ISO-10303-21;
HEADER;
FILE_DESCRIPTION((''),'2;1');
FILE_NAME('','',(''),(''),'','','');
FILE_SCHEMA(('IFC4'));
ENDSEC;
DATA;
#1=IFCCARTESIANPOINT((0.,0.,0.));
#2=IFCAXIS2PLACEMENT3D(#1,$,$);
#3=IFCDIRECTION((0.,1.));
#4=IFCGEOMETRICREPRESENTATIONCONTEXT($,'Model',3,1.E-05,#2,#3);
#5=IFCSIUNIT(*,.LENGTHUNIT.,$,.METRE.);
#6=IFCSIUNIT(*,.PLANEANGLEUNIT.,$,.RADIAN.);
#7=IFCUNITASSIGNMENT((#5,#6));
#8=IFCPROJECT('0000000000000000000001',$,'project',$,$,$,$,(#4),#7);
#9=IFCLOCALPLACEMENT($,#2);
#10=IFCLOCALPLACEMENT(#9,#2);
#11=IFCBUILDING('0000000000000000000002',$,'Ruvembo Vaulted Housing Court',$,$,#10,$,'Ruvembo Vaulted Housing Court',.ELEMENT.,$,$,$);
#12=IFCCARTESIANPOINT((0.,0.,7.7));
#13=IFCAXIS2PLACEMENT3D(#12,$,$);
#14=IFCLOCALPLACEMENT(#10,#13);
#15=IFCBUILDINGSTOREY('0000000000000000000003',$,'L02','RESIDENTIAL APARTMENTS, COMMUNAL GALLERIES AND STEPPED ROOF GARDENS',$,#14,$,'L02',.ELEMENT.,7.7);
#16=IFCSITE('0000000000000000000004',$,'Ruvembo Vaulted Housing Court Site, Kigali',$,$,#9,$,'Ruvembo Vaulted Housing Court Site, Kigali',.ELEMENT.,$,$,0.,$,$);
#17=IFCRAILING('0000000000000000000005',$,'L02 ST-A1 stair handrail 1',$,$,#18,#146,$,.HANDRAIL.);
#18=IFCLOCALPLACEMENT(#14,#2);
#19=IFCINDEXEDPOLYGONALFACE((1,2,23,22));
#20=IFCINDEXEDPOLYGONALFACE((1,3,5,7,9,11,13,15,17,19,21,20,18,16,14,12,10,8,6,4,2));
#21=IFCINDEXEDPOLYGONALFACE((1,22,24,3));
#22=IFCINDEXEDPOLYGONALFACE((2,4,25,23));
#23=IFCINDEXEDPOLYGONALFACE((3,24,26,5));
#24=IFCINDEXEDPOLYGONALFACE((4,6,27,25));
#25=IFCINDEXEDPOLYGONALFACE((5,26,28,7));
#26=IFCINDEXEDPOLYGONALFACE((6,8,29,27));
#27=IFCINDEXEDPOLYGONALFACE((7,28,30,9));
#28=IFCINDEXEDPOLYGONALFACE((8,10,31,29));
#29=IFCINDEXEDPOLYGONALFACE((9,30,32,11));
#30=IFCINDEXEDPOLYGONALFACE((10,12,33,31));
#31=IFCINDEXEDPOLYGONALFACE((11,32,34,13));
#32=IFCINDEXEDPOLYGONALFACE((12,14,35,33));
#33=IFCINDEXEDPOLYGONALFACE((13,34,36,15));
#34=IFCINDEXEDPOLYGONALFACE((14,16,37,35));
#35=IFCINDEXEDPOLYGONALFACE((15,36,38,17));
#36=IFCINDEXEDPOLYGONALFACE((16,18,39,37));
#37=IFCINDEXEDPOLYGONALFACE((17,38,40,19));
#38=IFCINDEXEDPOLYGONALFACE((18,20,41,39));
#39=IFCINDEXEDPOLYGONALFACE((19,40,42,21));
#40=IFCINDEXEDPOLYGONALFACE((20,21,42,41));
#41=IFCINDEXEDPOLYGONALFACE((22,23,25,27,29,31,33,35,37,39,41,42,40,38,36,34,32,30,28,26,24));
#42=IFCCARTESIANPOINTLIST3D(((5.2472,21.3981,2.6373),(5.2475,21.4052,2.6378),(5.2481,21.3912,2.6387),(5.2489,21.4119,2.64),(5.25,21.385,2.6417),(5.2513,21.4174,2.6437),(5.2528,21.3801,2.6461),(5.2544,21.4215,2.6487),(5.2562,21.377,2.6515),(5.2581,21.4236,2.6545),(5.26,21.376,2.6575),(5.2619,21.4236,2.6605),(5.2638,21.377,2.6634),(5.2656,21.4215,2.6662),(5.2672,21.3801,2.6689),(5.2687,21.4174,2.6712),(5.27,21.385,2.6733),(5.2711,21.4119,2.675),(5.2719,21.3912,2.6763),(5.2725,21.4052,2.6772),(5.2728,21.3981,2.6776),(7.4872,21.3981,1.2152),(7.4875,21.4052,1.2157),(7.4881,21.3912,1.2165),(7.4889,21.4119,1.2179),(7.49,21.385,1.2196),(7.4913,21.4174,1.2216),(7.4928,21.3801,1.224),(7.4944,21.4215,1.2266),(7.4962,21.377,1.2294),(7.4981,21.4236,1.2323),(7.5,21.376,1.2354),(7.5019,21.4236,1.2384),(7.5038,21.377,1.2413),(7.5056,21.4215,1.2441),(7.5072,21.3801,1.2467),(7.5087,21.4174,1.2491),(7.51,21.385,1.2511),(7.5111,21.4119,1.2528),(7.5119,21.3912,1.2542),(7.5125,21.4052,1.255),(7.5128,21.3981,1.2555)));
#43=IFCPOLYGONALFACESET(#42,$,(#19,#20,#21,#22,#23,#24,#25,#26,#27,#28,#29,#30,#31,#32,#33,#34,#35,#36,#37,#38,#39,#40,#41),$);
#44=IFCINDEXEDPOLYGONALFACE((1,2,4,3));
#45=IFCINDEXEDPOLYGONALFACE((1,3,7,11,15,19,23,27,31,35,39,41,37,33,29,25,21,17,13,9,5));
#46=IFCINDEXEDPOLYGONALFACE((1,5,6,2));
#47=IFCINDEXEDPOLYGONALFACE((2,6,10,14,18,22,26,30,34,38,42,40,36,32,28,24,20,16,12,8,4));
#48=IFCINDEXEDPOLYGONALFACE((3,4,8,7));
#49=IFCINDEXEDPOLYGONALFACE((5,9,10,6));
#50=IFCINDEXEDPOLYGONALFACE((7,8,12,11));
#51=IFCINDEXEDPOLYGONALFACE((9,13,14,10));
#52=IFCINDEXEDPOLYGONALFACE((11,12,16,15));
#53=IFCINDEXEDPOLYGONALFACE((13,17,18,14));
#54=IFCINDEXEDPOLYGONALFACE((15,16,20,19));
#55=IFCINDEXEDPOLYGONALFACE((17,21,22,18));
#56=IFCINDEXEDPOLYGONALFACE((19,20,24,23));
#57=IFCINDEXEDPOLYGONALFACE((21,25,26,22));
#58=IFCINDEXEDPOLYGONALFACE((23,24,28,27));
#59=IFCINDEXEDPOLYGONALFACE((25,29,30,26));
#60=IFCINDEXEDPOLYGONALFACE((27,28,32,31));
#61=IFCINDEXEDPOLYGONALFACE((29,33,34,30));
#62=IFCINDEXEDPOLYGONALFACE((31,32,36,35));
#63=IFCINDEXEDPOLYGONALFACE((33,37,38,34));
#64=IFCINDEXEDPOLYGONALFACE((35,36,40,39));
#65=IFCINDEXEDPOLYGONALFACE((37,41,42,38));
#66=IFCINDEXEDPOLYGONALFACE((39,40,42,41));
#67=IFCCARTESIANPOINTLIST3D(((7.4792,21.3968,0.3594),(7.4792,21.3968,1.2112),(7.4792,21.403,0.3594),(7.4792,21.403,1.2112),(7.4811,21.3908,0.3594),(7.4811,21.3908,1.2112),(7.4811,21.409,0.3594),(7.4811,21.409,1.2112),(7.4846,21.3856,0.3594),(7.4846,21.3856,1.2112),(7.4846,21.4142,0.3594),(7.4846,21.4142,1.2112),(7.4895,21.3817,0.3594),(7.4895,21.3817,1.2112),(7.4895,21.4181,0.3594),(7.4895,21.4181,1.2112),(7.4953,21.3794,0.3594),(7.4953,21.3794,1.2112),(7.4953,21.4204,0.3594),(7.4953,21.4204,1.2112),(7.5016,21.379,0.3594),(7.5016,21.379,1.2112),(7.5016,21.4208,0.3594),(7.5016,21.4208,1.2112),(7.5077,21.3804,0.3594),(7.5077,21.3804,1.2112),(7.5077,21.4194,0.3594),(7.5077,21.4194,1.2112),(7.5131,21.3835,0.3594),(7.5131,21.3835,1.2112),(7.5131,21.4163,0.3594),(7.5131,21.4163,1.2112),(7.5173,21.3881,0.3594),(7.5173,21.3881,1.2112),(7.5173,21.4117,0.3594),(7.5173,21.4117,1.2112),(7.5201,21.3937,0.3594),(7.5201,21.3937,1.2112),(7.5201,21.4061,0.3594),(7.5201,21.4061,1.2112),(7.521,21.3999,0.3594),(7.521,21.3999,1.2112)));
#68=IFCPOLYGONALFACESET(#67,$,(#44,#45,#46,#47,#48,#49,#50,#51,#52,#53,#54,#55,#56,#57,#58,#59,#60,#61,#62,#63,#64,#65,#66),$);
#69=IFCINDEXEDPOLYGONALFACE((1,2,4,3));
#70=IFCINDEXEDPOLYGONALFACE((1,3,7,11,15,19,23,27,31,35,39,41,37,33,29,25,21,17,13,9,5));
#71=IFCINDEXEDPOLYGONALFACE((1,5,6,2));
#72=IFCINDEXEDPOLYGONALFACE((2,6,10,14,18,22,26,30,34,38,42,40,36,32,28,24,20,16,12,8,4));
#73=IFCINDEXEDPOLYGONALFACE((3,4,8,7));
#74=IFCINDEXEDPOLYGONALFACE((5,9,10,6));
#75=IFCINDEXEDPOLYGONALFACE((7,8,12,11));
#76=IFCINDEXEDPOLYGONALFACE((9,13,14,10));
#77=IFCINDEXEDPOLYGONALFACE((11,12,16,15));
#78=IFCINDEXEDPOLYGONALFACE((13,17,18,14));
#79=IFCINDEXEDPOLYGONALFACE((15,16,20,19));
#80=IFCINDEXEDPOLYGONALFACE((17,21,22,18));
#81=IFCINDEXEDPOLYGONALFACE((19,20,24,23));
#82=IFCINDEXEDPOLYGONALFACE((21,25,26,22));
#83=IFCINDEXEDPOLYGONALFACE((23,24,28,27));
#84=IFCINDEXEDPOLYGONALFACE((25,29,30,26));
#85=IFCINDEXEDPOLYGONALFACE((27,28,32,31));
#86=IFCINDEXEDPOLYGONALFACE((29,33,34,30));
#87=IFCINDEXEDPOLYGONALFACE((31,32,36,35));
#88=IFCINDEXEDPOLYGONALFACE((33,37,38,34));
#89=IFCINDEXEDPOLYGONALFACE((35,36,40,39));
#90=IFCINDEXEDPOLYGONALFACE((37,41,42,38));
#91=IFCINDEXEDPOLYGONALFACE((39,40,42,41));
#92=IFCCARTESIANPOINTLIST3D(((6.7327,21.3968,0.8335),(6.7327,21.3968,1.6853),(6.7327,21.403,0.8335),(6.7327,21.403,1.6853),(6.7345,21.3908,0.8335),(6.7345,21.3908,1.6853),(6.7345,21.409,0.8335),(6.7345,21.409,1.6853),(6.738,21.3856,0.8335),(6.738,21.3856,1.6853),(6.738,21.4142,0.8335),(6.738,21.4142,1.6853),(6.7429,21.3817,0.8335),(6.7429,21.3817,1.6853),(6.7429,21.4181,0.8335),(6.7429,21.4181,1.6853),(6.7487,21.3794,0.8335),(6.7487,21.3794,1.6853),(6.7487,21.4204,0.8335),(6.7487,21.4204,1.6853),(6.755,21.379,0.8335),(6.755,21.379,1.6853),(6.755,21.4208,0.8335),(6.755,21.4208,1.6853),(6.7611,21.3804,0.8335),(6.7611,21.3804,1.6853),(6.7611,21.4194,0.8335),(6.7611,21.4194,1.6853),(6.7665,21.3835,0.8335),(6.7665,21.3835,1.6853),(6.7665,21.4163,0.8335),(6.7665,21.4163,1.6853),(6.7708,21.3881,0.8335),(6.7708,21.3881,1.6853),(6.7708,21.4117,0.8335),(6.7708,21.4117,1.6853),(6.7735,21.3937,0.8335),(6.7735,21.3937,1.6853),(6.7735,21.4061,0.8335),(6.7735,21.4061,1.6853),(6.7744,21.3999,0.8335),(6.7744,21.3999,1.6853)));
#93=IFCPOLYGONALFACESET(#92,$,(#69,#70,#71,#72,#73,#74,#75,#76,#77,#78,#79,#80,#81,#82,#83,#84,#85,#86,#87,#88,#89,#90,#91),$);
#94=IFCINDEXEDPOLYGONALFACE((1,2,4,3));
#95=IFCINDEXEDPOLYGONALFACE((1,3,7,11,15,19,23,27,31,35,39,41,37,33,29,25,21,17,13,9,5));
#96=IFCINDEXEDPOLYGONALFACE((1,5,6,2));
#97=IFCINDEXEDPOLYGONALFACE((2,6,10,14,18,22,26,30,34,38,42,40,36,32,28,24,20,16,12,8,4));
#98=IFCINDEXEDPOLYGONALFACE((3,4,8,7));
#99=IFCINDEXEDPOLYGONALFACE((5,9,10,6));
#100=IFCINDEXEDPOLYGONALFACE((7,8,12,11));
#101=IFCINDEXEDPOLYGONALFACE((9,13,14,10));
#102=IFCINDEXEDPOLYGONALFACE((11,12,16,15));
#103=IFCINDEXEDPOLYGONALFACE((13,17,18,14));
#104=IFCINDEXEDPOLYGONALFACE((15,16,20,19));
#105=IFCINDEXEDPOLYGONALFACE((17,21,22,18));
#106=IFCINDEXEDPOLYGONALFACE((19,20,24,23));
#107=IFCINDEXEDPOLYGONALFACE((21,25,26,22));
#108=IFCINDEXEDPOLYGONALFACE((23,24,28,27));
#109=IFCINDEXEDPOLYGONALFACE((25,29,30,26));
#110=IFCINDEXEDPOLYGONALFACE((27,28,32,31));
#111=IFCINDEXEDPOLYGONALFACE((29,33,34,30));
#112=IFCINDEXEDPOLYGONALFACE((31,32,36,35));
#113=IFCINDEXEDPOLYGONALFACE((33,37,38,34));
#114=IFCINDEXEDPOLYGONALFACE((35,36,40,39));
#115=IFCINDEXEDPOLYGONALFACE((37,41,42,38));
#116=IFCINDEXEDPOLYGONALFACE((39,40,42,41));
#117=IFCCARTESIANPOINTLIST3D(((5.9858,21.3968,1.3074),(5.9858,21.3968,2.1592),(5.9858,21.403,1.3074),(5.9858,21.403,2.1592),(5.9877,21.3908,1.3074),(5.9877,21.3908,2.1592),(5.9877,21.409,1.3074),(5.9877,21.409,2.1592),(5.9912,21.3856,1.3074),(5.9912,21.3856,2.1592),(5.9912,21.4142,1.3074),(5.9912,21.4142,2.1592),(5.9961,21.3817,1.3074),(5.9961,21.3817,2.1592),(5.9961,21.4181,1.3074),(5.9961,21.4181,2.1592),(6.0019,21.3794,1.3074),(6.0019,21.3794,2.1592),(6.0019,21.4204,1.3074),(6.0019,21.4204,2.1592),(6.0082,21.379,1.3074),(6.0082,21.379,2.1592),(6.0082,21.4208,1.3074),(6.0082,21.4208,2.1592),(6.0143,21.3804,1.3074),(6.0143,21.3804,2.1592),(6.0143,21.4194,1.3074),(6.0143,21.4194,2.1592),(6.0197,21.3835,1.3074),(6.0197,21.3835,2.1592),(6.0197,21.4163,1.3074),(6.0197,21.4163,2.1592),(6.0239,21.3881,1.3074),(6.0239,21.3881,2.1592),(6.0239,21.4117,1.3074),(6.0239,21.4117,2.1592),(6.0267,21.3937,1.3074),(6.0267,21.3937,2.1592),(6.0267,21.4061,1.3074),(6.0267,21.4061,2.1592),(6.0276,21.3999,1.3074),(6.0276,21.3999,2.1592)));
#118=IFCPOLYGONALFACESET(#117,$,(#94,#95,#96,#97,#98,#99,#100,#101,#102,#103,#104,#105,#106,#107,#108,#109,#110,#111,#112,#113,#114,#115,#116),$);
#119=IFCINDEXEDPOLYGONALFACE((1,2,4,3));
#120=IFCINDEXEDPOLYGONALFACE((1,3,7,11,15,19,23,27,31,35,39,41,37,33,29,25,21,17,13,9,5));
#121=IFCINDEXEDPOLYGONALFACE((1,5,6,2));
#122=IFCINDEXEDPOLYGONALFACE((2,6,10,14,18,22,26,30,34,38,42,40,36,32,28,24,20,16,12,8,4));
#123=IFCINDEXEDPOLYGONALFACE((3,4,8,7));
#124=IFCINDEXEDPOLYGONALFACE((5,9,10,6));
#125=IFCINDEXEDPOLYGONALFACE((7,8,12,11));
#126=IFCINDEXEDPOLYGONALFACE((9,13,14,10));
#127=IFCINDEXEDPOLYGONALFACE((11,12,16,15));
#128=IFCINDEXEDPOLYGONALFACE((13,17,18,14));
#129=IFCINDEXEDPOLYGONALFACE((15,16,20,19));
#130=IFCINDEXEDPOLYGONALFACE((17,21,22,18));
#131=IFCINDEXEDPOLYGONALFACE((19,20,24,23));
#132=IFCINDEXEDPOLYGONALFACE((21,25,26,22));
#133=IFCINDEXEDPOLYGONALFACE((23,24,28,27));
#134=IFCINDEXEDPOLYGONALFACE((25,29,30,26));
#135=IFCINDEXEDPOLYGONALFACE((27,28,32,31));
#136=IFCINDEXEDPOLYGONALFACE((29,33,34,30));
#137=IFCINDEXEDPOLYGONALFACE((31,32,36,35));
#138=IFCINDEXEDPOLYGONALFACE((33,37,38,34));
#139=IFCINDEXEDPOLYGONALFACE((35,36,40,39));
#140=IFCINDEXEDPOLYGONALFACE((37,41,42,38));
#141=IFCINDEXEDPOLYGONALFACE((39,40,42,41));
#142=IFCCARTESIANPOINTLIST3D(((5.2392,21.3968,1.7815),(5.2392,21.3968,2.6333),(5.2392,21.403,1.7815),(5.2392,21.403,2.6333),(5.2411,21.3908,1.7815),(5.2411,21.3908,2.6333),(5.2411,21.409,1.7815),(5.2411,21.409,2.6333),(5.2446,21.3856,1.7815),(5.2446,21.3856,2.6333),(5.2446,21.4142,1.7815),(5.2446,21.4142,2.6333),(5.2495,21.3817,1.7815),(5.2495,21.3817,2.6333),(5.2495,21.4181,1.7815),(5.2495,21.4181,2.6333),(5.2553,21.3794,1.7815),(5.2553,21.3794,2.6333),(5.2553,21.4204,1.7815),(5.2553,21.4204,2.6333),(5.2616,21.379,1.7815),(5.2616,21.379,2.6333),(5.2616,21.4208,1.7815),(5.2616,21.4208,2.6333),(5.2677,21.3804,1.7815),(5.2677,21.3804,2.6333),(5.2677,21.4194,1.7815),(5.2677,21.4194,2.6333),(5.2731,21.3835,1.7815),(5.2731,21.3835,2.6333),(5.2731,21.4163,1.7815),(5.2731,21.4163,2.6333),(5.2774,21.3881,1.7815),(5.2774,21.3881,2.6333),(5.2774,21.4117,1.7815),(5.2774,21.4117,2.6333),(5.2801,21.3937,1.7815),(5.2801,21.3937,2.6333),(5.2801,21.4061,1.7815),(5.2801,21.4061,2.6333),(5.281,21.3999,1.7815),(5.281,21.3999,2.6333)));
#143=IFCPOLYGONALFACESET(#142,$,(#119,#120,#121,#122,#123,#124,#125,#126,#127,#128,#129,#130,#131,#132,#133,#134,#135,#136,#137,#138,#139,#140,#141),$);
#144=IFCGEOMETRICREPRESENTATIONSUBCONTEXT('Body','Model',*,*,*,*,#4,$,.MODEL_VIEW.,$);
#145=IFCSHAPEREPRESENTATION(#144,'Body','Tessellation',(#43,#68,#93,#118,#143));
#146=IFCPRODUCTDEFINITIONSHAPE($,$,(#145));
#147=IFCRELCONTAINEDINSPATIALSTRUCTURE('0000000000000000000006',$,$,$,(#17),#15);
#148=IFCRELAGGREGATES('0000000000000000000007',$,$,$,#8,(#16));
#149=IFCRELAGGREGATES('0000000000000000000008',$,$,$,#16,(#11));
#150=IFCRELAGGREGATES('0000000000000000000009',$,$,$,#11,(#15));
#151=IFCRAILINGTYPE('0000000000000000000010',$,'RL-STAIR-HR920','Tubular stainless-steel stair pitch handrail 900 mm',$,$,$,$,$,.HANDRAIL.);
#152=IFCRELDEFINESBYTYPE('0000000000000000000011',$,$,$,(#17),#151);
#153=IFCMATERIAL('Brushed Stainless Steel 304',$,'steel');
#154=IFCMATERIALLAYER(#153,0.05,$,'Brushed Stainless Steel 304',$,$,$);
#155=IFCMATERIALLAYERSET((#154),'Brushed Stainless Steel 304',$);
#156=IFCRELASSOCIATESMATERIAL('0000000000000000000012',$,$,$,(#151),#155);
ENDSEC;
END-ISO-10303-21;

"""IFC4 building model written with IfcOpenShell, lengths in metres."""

from ifc_helpers import new_model, si_unit, direction, frame, origin, origin_2d, place, context, subcontext, project, spatial, circle, extrude, material, layer, layer_set, type_object, element, save


model = new_model("IFC4")

# Units and contexts
model_context = context("Model", 3, precision=1e-05, world=origin(), true_north=direction((0.0, 1.0)))
body_context = subcontext(model_context, "Body", "Model", "MODEL_VIEW")
ifc_project = project(units=[si_unit("LENGTHUNIT", "METRE"), si_unit("PLANEANGLEUNIT", "RADIAN")], contexts=[model_context])

# Site, building, storey
site_placement = place(None, origin())
site = spatial("IfcSite", under=ifc_project, at=site_placement, Name="Ruvembo Vaulted Housing Court Site, Kigali", LongName="Ruvembo Vaulted Housing Court Site, Kigali", CompositionType="ELEMENT", RefElevation=0.0)
building_placement = place(site_placement, origin())
building = spatial("IfcBuilding", under=site, at=building_placement, Name="Ruvembo Vaulted Housing Court", LongName="Ruvembo Vaulted Housing Court", CompositionType="ELEMENT")
storey_placement = place(building_placement, frame((0.0, 0.0, 7.7)))
storey = spatial("IfcBuildingStorey", under=building, at=storey_placement, Name="L02", Description="RESIDENTIAL APARTMENTS, COMMUNAL GALLERIES AND STEPPED ROOF GARDENS", LongName="L02", CompositionType="ELEMENT", Elevation=7.7)

# Railing
ifc_material_1 = material(Name="Brushed Stainless Steel 304", Category="steel")
ifc_layer_1 = layer(ifc_material_1, 0.05, Name="Brushed Stainless Steel 304")
ifc_layer_set_1 = layer_set([ifc_layer_1], Name="Brushed Stainless Steel 304")
railing_type_1 = type_object("IfcRailingType", Name="RL-STAIR-HR920", Description="Tubular stainless-steel stair pitch handrail 900 mm", PredefinedType="HANDRAIL", material=ifc_layer_set_1)
railing_1_placement = place(storey_placement, frame((7.5, 21.3999, 0.3594)))
element("IfcRailing", 1, at=railing_1_placement, inside=storey, type_object=railing_type_1, Name="L02 ST-A1 stair handrail 1", PredefinedType="HANDRAIL", context=body_context, shape_type="SweptSolid", body=[
    extrude(circle(Radius=0.0239, at=origin_2d()), frame((0.0, 0.0, 0.876), z_axis=(-0.844229, 0.0, 0.535982), x_axis=(0.0, -1.0, 0.0)), (0.0, 0.0, 1.0), 2.6533),
    extrude(circle(Radius=0.021, at=origin_2d()), origin(), (0.0, 0.0, 1.0), 0.8518),
    extrude(circle(Radius=0.021, at=origin_2d()), frame((-0.7466, 0.0, 0.4741)), (0.0, 0.0, 1.0), 0.8518),
    extrude(circle(Radius=0.021, at=origin_2d()), frame((-1.4934, 0.0, 0.948)), (0.0, 0.0, 1.0), 0.8518),
    extrude(circle(Radius=0.021, at=origin_2d()), frame((-2.24, 0.0, 1.4221)), (0.0, 0.0, 1.0), 0.8518),
])

save(model, "model.ifc")
